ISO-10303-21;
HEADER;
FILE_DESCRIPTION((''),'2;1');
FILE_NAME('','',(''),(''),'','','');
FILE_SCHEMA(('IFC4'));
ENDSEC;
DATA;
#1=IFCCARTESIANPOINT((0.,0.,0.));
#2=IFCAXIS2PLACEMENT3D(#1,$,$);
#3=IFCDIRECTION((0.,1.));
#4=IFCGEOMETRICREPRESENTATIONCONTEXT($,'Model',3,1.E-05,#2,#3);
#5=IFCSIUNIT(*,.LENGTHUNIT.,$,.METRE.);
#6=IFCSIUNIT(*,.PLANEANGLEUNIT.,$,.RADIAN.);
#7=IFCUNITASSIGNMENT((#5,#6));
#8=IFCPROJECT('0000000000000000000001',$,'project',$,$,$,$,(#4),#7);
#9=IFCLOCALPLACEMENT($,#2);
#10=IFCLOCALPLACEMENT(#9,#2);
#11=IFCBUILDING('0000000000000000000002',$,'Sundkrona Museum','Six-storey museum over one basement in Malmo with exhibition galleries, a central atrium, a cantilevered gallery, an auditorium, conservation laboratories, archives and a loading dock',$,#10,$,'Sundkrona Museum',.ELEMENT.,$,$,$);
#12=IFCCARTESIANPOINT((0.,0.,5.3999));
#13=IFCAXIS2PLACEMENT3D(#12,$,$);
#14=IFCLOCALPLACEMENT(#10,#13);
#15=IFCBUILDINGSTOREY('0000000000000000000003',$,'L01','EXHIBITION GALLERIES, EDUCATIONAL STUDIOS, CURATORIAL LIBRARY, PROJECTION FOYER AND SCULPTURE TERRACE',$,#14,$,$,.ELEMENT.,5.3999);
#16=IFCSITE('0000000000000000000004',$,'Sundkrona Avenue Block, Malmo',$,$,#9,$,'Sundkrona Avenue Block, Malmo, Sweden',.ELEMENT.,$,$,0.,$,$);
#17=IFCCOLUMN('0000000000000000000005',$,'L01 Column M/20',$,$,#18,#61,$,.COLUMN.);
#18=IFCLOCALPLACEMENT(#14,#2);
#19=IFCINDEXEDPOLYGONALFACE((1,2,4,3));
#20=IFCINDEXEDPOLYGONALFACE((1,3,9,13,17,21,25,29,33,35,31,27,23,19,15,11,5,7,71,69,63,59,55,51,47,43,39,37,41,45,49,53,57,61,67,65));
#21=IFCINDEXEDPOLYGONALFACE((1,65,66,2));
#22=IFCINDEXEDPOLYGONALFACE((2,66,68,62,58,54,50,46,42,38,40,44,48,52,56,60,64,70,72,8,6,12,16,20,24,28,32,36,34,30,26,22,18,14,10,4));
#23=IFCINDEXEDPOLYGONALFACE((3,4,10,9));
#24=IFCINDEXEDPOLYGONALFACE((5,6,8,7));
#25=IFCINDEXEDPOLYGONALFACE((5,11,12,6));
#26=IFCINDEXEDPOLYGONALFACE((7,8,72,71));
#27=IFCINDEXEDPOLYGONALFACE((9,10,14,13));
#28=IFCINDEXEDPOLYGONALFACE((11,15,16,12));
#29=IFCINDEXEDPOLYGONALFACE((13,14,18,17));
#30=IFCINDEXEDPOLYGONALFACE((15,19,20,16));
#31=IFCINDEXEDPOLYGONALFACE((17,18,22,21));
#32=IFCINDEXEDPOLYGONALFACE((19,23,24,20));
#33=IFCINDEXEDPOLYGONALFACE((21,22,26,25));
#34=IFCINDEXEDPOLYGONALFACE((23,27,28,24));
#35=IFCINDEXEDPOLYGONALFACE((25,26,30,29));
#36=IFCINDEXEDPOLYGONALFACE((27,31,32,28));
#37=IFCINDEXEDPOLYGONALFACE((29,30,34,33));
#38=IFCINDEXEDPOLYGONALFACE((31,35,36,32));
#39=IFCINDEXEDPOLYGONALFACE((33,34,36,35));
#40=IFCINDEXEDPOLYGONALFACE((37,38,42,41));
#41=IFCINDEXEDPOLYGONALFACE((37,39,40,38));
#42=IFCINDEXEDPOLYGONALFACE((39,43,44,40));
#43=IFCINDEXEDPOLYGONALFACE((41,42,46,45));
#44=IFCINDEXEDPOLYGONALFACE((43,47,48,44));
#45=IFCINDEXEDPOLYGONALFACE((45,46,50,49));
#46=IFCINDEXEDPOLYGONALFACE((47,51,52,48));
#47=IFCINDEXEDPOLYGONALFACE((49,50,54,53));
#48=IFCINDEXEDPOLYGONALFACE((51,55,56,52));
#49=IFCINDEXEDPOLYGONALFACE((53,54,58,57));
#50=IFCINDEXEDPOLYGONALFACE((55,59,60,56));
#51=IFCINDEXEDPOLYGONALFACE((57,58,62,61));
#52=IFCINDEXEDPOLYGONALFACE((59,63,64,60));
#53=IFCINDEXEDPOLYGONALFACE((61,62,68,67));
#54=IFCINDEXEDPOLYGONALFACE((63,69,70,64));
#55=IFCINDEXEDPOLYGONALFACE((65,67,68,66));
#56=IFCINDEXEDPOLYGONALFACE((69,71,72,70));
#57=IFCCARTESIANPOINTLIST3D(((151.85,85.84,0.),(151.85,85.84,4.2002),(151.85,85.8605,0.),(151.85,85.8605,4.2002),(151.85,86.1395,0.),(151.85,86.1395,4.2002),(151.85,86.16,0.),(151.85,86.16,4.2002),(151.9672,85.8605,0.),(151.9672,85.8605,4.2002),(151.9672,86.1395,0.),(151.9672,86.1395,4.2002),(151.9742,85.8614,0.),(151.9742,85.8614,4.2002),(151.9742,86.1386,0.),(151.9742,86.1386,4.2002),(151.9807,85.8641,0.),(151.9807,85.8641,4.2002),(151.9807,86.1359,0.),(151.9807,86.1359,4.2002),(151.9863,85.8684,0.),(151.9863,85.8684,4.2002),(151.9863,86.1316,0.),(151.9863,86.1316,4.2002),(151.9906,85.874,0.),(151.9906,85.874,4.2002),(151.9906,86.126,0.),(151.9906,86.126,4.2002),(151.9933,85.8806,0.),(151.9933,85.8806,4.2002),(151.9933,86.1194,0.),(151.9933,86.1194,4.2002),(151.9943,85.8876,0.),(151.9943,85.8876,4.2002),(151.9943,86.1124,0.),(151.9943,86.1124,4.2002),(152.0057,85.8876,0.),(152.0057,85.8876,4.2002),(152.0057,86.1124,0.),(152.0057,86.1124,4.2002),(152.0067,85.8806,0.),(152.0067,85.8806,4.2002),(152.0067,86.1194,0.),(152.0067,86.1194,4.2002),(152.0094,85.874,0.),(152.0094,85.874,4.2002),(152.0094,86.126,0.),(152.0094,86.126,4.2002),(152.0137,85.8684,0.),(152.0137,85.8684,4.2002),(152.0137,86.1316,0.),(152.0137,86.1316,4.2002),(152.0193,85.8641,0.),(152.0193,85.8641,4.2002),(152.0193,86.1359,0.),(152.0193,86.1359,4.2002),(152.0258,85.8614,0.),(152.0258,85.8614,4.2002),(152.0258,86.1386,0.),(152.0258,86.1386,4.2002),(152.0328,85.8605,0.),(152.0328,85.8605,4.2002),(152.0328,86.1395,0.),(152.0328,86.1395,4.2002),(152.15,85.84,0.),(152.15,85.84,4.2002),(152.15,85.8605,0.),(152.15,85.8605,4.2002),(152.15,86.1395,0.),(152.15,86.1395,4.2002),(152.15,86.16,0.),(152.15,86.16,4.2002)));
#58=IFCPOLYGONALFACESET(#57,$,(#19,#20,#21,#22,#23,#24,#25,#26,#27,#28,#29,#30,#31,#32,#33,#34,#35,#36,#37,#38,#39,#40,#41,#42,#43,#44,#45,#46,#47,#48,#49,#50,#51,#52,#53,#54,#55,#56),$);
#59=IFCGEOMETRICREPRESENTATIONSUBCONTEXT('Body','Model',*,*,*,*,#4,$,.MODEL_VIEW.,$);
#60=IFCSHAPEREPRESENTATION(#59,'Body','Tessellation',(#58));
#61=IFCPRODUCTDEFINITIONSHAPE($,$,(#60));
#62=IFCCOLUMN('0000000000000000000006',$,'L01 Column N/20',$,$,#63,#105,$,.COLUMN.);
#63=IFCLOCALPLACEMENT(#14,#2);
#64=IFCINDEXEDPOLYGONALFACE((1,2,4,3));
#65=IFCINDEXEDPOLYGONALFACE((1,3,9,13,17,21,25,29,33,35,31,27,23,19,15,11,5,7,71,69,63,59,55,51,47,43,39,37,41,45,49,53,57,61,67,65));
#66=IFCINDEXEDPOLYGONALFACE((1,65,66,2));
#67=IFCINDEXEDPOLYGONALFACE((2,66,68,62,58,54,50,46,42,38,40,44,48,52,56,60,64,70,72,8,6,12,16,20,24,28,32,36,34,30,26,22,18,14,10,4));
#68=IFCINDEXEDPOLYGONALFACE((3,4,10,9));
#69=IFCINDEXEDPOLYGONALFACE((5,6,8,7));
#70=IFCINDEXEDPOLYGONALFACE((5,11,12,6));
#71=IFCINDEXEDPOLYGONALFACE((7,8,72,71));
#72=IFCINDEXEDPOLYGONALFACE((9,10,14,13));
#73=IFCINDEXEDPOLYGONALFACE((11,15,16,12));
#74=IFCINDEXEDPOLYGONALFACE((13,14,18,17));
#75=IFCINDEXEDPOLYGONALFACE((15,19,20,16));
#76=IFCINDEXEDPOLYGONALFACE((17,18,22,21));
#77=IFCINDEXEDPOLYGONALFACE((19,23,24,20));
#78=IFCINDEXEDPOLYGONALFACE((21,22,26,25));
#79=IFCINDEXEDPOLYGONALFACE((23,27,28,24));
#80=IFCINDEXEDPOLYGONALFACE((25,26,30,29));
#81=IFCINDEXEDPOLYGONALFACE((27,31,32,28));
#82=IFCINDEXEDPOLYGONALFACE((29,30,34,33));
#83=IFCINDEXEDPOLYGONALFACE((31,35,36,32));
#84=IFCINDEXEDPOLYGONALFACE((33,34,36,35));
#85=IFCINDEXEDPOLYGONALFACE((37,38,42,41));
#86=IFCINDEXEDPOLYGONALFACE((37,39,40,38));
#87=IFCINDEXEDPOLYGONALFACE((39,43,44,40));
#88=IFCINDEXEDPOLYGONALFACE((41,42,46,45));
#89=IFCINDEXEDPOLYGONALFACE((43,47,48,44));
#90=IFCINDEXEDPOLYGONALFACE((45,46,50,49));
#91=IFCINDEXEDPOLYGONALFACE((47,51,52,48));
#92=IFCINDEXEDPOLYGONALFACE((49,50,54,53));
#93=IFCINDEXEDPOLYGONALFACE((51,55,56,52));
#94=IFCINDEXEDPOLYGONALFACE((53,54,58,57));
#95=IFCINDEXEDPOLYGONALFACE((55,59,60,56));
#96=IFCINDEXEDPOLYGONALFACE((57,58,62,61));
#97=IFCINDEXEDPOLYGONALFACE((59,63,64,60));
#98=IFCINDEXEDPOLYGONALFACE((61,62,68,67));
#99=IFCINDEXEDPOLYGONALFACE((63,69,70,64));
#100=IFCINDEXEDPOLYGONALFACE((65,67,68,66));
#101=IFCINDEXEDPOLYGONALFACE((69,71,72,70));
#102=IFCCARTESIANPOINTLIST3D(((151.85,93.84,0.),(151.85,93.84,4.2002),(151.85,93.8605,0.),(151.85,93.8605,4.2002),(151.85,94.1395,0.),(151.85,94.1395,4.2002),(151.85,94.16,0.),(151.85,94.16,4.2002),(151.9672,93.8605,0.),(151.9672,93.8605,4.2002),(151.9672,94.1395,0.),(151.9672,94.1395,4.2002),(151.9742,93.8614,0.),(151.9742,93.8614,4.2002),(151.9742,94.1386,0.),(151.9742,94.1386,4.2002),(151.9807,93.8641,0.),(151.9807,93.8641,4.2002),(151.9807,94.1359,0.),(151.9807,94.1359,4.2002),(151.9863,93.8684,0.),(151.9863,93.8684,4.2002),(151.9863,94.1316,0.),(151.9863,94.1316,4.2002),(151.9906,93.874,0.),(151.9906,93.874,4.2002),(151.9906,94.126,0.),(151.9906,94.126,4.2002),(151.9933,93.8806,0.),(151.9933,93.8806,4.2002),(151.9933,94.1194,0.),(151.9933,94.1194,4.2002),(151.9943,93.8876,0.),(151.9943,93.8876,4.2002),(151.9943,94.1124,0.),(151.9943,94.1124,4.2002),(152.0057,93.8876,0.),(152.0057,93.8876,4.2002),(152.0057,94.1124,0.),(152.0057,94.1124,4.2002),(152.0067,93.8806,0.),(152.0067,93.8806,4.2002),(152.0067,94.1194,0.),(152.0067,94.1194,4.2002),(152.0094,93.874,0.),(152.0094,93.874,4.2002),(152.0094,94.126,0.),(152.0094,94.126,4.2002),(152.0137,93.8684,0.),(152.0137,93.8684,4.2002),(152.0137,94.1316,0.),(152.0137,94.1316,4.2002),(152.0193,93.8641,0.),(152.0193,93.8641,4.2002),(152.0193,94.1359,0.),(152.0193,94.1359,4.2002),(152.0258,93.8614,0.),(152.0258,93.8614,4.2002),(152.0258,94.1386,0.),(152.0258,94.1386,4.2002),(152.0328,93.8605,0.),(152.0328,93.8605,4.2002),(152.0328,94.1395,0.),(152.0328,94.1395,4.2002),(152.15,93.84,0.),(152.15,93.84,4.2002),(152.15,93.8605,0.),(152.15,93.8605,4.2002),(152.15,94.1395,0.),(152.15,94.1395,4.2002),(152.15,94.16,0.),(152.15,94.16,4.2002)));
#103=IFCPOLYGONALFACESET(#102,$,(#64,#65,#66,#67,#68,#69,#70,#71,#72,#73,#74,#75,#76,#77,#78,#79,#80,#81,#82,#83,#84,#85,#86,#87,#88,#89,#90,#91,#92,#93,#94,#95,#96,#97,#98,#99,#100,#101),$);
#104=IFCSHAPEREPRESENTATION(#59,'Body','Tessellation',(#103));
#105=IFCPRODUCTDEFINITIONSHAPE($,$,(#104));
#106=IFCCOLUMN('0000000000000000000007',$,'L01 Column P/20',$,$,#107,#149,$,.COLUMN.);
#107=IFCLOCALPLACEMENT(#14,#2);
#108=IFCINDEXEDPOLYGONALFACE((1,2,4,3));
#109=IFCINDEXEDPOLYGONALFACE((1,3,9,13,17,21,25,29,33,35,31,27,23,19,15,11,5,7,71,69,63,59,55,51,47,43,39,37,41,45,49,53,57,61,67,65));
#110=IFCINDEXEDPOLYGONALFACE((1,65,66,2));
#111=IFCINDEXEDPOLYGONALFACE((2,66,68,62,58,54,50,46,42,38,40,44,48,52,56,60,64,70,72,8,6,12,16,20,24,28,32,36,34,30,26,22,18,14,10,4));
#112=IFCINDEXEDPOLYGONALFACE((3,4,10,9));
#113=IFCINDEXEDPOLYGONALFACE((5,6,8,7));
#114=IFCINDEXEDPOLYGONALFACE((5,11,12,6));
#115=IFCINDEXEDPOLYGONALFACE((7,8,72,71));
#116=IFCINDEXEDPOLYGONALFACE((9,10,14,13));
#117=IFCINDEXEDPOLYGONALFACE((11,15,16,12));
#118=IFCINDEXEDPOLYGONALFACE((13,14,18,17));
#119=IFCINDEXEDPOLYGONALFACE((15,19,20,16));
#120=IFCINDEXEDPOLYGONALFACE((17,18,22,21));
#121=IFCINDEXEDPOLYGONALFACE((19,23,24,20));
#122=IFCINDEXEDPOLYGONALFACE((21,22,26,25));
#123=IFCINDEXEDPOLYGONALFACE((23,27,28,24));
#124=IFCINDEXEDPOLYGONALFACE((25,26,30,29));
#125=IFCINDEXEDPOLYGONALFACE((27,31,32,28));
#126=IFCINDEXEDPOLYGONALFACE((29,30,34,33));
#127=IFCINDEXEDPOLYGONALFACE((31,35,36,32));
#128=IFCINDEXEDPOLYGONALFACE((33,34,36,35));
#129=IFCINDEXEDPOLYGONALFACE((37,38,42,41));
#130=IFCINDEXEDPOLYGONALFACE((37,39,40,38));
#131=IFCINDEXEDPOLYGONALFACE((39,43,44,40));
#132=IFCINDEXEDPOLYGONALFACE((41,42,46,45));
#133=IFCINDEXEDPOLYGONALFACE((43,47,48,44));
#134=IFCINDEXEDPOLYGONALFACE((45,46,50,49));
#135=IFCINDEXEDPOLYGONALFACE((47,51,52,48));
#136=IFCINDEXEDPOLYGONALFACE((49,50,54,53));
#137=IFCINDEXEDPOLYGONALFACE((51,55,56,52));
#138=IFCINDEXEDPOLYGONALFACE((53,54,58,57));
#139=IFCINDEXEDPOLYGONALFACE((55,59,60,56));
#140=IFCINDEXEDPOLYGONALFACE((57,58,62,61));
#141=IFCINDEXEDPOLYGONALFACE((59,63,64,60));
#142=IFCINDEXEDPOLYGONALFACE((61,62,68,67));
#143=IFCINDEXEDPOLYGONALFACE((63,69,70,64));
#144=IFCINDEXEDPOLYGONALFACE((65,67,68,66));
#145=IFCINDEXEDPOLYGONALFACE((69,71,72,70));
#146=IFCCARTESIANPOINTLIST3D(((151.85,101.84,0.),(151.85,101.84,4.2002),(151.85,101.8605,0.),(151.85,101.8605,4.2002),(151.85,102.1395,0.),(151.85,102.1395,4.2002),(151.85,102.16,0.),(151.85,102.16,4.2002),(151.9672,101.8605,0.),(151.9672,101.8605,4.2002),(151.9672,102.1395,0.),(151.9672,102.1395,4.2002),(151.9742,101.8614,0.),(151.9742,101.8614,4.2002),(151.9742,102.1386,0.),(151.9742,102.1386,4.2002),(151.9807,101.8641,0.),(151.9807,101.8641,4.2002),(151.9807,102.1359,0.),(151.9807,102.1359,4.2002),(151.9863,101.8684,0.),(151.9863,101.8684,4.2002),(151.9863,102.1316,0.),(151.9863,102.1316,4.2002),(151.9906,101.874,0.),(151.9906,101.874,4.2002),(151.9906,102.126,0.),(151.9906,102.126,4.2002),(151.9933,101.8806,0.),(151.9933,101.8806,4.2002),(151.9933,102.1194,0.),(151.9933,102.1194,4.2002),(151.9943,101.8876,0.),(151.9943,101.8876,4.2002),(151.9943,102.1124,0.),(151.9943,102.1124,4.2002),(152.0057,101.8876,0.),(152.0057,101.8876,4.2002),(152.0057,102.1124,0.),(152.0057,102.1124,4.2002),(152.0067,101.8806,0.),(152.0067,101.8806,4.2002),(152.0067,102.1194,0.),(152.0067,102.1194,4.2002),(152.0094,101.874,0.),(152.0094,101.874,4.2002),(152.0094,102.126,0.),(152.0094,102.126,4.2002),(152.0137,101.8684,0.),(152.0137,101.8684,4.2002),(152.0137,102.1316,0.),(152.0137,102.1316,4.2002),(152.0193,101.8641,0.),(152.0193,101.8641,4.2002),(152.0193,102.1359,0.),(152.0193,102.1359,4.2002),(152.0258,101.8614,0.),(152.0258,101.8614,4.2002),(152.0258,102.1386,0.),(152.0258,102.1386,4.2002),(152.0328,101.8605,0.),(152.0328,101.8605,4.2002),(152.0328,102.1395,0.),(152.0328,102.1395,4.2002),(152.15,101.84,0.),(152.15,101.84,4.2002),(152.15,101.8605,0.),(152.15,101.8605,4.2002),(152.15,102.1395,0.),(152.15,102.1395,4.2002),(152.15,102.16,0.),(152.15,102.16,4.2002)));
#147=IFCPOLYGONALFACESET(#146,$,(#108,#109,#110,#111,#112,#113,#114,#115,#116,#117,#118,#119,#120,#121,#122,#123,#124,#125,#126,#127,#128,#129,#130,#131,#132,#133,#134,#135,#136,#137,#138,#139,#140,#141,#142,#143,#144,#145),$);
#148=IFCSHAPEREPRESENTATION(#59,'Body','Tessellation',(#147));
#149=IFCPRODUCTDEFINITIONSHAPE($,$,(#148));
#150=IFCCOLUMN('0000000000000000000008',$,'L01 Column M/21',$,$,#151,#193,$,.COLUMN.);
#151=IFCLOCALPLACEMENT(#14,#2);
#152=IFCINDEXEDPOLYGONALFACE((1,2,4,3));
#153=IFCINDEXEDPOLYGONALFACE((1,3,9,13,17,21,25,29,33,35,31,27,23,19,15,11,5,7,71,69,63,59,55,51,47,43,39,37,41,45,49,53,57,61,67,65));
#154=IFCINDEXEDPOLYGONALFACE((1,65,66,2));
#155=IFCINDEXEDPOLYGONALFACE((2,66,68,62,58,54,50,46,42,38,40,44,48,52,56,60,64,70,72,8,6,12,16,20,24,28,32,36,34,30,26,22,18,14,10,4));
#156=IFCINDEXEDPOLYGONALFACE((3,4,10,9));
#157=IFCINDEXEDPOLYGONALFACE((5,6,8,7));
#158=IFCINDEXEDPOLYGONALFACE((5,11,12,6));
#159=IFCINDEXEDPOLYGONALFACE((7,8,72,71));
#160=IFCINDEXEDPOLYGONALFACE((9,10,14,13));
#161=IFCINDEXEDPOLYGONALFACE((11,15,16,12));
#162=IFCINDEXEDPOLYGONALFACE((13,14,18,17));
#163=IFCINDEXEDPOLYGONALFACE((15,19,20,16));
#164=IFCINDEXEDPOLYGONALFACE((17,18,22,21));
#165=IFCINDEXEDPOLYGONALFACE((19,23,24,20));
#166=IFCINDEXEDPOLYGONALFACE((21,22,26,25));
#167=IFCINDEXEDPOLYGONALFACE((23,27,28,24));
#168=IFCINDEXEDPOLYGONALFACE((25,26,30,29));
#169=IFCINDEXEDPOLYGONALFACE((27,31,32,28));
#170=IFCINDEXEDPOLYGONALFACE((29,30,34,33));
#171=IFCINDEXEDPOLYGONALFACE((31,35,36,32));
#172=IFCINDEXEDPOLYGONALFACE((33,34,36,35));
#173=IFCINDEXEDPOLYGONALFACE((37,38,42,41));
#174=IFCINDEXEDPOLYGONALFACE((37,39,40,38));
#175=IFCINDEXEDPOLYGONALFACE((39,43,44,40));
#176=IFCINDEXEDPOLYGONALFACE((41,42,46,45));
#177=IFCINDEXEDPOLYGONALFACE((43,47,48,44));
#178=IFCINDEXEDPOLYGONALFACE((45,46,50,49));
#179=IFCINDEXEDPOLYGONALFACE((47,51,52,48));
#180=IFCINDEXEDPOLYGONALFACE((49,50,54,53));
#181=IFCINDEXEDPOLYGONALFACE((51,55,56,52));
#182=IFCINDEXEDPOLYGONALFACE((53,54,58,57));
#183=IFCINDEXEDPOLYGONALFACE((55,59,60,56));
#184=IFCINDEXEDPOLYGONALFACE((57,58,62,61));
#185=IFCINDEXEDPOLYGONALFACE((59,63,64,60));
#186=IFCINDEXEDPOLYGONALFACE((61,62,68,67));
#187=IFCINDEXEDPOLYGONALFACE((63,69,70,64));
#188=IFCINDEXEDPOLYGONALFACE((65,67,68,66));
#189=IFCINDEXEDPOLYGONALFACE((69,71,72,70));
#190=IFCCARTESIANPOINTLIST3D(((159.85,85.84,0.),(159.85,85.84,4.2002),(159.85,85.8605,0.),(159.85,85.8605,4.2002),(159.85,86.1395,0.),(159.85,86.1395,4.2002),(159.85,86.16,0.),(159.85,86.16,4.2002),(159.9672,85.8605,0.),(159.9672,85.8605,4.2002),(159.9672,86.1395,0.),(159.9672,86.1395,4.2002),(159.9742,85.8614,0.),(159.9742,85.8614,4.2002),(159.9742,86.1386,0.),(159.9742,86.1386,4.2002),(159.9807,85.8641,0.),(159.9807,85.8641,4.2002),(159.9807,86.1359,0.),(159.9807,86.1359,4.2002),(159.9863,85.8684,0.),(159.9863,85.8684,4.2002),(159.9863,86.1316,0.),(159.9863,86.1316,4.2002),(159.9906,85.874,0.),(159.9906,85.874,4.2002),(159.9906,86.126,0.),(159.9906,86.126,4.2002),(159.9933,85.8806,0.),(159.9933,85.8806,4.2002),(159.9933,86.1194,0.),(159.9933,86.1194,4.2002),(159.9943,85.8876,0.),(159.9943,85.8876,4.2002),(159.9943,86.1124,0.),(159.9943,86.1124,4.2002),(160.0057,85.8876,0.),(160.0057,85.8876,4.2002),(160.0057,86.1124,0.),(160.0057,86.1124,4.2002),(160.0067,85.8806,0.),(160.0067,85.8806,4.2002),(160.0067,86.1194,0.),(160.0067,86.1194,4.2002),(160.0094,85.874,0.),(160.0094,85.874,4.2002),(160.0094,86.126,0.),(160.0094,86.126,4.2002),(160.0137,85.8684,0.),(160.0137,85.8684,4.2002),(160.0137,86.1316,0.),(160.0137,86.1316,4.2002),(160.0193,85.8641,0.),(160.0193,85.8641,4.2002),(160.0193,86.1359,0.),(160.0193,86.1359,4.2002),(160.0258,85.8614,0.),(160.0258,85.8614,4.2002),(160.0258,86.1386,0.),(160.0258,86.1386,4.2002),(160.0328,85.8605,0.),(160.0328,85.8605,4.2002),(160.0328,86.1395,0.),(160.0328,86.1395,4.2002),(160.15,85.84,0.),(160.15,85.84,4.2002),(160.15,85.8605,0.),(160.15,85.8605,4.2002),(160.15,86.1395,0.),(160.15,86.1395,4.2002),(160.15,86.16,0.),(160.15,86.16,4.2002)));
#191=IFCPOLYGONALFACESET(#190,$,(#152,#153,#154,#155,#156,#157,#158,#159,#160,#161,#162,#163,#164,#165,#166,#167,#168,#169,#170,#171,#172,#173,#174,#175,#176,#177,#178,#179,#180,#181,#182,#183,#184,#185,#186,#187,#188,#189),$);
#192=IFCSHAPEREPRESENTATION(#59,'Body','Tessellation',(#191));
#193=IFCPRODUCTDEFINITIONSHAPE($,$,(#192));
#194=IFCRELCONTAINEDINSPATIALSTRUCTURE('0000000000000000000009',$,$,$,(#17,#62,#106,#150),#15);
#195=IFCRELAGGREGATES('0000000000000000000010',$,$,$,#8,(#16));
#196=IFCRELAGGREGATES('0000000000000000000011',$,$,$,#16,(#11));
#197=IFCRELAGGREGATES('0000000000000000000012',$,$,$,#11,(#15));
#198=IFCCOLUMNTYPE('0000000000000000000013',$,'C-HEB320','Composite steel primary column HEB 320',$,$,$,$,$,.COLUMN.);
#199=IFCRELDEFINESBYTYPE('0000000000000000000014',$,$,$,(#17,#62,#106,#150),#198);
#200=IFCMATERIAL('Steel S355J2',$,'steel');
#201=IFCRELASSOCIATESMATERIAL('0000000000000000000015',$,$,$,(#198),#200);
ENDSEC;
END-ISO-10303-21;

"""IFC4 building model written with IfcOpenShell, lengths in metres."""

from ifc_helpers import new_model, si_unit, direction, frame, origin, origin_2d, place, context, subcontext, project, spatial, i_section, extrude, material, material_profile, profile_set, type_object, element, save


model = new_model("IFC4")

# Units and contexts
model_context = context("Model", 3, precision=1e-05, world=origin(), true_north=direction((0.0, 1.0)))
body_context = subcontext(model_context, "Body", "Model", "MODEL_VIEW")
ifc_project = project(units=[si_unit("LENGTHUNIT", "METRE"), si_unit("PLANEANGLEUNIT", "RADIAN")], contexts=[model_context])

# Site, building, storey
site_placement = place(None, origin())
site = spatial("IfcSite", under=ifc_project, at=site_placement, Name="Sundkrona Avenue Block, Malmo", LongName="Sundkrona Avenue Block, Malmo, Sweden", CompositionType="ELEMENT", RefElevation=0.0)
building_placement = place(site_placement, origin())
building = spatial("IfcBuilding", under=site, at=building_placement, Name="Sundkrona Museum", Description="Six-storey museum over one basement in Malmo with exhibition galleries, a central atrium, a cantilevered gallery, an auditorium, conservation laboratories, archives and a loading dock", LongName="Sundkrona Museum", CompositionType="ELEMENT")
storey_placement = place(building_placement, frame((0.0, 0.0, 5.3999)))
storey = spatial("IfcBuildingStorey", under=building, at=storey_placement, Name="L01", Description="EXHIBITION GALLERIES, EDUCATIONAL STUDIOS, CURATORIAL LIBRARY, PROJECTION FOYER AND SCULPTURE TERRACE", CompositionType="ELEMENT", Elevation=5.3999)

# Columns
ifc_material_1 = material(Name="Steel S355J2", Category="steel")
ifc_material_profile_1 = material_profile(ifc_material_1, i_section(OverallWidth=0.3, OverallDepth=0.3201, WebThickness=0.0115, FlangeThickness=0.0205, FilletRadius=0.0271, at=origin_2d()), Name="HEB 320")
ifc_profile_set_1 = profile_set([ifc_material_profile_1], Name="Steel S355J2")
column_type = type_object("IfcColumnType", Name="C-HEB320", Description="Composite steel primary column HEB 320", PredefinedType="COLUMN", material=ifc_profile_set_1)
for number, where, z_axis, x_axis, name in (
    (1, (152.0, 86.0, 0.0), (0.0, 0.0, 1.0), (1.0, 0.0, 0.0), "L01 Column M/20"),
    (2, (152.0, 94.0, 0.0), (0.0, 0.0, 1.0), (1.0, 0.0, 0.0), "L01 Column N/20"),
    (3, (152.0, 102.0, 0.0), (0.0, 0.0, 1.0), (1.0, 0.0, 0.0), "L01 Column P/20"),
    (4, (160.0, 86.0, 0.0), (0.0, 0.0, 1.0), (1.0, 0.0, 0.0), "L01 Column M/21"),
):
    element("IfcColumn", number, at=place(storey_placement, frame(where, z_axis=z_axis, x_axis=x_axis)), inside=storey, type_object=column_type, Name=name, PredefinedType="COLUMN", context=body_context, shape_type="SweptSolid", body=[
        extrude(i_section(OverallWidth=0.3, OverallDepth=0.3201, WebThickness=0.0115, FlangeThickness=0.0205, FilletRadius=0.0271, at=origin_2d()), origin(), (0.0, 0.0, 1.0), 4.2002),
    ])

save(model, "model.ifc")
